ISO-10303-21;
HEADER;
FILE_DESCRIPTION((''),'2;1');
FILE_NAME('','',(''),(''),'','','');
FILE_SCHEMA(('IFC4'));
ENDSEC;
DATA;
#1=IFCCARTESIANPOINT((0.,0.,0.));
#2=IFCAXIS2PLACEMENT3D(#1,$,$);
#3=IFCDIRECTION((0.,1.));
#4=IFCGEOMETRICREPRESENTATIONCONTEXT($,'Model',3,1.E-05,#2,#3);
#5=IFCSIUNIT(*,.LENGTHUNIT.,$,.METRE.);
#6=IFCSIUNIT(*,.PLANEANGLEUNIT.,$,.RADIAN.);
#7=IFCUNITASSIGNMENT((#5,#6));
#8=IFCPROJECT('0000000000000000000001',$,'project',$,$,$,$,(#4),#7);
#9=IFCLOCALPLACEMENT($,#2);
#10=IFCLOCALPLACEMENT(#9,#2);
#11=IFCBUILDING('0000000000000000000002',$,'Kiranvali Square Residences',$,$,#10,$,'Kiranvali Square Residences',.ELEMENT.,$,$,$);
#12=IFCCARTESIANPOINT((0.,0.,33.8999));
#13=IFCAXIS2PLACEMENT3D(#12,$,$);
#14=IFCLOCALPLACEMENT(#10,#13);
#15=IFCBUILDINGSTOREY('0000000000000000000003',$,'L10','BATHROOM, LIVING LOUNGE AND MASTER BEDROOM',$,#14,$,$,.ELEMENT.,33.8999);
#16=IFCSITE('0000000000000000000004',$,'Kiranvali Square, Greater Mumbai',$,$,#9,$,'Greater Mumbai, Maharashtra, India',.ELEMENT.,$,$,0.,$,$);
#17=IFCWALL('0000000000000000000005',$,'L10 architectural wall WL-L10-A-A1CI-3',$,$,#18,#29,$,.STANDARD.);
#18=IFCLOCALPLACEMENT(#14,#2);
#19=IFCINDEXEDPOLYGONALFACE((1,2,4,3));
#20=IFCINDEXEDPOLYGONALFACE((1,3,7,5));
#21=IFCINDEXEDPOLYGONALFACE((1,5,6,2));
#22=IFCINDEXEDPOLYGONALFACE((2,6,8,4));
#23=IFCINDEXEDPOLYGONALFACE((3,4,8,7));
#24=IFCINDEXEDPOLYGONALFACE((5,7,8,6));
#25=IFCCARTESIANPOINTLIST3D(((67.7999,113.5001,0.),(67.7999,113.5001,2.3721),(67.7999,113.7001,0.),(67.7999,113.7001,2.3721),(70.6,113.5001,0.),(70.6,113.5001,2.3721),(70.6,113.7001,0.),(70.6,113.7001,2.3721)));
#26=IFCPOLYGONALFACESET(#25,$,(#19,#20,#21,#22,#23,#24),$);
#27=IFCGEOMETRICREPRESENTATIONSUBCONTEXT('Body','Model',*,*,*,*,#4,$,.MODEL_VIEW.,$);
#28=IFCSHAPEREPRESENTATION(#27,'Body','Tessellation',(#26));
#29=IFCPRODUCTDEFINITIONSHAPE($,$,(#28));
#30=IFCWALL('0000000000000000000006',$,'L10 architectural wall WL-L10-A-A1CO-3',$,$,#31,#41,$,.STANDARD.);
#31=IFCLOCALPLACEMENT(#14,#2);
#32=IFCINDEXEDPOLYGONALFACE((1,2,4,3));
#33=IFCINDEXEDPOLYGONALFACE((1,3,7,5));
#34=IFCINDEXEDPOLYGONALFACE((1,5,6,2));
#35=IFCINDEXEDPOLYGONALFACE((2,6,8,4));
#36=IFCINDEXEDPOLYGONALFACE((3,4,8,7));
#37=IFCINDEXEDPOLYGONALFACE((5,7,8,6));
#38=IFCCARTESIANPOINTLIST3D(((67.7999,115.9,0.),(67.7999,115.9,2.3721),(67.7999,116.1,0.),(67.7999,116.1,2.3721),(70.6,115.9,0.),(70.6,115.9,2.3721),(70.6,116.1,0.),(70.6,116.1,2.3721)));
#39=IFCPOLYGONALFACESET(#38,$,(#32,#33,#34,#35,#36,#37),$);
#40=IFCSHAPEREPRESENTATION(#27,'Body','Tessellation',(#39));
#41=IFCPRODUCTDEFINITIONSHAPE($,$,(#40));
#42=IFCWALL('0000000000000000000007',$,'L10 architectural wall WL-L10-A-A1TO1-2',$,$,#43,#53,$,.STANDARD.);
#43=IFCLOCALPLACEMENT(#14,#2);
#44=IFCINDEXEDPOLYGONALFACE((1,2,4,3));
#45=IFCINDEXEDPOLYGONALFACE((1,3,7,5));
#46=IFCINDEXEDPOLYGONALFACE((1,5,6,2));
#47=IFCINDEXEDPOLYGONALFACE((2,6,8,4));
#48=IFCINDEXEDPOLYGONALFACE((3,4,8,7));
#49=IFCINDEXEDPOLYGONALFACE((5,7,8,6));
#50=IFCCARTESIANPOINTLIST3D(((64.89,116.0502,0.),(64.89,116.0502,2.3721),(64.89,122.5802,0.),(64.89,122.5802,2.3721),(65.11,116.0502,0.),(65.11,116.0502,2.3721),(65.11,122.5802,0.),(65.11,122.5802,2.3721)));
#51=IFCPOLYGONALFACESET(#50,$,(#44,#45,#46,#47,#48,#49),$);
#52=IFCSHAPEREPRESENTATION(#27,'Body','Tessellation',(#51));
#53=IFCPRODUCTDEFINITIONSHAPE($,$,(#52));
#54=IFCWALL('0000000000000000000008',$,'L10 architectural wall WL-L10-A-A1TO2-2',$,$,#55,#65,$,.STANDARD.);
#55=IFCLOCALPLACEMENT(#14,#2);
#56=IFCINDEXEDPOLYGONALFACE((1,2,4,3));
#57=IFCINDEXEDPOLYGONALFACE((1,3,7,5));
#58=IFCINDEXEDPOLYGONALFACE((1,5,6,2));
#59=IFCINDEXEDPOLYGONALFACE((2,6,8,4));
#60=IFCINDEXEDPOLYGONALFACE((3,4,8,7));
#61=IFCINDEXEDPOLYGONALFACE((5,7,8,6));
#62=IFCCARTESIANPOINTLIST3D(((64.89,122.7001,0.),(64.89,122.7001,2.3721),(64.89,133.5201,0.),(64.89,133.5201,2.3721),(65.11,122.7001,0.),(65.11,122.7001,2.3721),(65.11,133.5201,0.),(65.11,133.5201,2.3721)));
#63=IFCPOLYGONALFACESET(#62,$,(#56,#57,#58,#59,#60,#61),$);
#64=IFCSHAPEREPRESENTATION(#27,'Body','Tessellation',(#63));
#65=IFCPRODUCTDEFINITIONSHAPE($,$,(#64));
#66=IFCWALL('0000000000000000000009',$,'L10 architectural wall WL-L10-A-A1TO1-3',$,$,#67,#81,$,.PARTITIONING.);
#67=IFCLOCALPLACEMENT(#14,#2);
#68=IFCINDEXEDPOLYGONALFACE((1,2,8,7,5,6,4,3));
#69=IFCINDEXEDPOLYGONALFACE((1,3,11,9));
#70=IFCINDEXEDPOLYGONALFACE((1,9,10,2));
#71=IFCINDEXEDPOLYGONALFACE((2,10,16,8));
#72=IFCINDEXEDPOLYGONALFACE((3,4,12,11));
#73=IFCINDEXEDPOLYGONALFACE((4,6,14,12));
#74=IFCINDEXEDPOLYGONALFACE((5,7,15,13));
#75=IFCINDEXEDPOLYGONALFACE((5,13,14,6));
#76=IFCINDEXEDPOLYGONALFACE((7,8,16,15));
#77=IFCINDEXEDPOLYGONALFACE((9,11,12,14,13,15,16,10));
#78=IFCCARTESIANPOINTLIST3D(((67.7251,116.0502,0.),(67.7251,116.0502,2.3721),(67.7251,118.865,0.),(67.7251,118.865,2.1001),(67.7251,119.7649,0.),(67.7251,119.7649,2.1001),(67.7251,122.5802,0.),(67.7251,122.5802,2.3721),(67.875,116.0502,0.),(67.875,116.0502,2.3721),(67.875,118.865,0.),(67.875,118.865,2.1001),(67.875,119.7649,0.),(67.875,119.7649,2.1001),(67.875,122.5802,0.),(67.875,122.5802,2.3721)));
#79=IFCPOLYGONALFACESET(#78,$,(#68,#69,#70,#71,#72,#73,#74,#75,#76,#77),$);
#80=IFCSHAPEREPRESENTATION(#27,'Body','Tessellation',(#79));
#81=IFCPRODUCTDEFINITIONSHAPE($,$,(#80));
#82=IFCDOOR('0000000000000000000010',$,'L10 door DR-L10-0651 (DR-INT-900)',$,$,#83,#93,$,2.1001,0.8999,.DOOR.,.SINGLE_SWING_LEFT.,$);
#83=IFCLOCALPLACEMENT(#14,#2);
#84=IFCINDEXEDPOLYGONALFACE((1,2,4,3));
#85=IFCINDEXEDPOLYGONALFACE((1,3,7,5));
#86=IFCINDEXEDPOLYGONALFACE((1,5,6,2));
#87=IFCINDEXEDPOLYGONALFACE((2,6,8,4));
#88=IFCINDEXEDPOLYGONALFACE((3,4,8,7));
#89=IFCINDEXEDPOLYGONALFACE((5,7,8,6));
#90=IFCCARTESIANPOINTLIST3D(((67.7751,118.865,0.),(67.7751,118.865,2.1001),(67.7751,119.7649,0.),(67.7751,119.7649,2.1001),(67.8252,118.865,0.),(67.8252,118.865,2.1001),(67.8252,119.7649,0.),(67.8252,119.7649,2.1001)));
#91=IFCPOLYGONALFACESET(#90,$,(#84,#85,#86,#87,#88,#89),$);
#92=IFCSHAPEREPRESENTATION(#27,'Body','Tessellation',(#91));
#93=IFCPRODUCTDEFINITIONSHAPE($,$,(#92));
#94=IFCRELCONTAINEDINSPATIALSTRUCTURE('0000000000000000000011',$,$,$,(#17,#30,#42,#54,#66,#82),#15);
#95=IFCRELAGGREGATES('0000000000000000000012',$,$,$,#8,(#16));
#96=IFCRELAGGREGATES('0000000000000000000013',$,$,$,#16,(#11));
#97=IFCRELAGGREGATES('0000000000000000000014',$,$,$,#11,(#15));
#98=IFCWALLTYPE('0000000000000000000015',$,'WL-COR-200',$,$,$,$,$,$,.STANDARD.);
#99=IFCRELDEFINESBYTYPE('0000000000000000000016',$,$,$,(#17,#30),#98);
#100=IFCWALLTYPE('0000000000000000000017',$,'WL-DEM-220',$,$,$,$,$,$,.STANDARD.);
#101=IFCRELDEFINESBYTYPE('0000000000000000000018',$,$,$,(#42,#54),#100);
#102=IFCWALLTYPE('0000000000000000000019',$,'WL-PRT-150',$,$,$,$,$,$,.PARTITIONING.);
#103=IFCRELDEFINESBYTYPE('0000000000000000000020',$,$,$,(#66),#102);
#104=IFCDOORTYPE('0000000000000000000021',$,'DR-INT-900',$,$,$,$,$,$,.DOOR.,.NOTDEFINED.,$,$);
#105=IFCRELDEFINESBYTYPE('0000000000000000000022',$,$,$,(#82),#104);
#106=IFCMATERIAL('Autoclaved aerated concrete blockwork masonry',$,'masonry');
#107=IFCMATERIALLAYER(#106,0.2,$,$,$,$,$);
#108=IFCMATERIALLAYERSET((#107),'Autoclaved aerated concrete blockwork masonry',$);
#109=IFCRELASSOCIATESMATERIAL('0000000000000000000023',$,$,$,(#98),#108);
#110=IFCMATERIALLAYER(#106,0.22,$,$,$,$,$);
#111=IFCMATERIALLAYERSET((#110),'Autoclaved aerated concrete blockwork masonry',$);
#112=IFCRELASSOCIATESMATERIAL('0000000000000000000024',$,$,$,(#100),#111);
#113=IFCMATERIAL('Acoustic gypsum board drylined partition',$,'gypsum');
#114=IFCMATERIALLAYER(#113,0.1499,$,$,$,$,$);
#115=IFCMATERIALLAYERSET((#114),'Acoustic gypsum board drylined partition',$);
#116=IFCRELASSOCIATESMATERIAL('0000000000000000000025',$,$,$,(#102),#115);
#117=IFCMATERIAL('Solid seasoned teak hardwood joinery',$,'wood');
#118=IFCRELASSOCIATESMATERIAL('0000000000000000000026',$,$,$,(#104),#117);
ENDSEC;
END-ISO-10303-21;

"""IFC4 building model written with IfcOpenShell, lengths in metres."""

from ifc_helpers import new_model, si_unit, direction, frame, frame_2d, origin, place, context, subcontext, project, spatial, rectangle, extrude, material, layer, layer_set, type_object, element, fill, save


model = new_model("IFC4")

# Units and contexts
model_context = context("Model", 3, precision=1e-05, world=origin(), true_north=direction((0.0, 1.0)))
body_context = subcontext(model_context, "Body", "Model", "MODEL_VIEW")
ifc_project = project(units=[si_unit("LENGTHUNIT", "METRE"), si_unit("PLANEANGLEUNIT", "RADIAN")], contexts=[model_context])

# Site, building, storey
site_placement = place(None, origin())
site = spatial("IfcSite", under=ifc_project, at=site_placement, Name="Kiranvali Square, Greater Mumbai", LongName="Greater Mumbai, Maharashtra, India", CompositionType="ELEMENT", RefElevation=0.0)
building_placement = place(site_placement, origin())
building = spatial("IfcBuilding", under=site, at=building_placement, Name="Kiranvali Square Residences", LongName="Kiranvali Square Residences", CompositionType="ELEMENT")
storey_placement = place(building_placement, frame((0.0, 0.0, 33.8999)))
storey = spatial("IfcBuildingStorey", under=building, at=storey_placement, Name="L10", Description="BATHROOM, LIVING LOUNGE AND MASTER BEDROOM", CompositionType="ELEMENT", Elevation=33.8999)

# Shared definitions
ifc_material_1 = material(Name="Autoclaved aerated concrete blockwork masonry", Category="masonry")
ifc_layer_1 = layer(ifc_material_1, 0.2)
ifc_layer_set_1 = layer_set([ifc_layer_1], Name="Autoclaved aerated concrete blockwork masonry")
wall_type_1 = type_object("IfcWallType", Name="WL-COR-200", PredefinedType="STANDARD", material=ifc_layer_set_1)

# Walls
for number, where, z_axis, x_axis, name in (
    (1, (67.8, 113.6001, 0.0), (0.0, 0.0, 1.0), (1.0, 0.0, 0.0), "L10 architectural wall WL-L10-A-A1CI-3"),
    (2, (67.8, 116.0, 0.0), (0.0, 0.0, 1.0), (1.0, 0.0, 0.0), "L10 architectural wall WL-L10-A-A1CO-3"),
):
    element("IfcWall", number, at=place(storey_placement, frame(where, z_axis=z_axis, x_axis=x_axis)), inside=storey, type_object=wall_type_1, Name=name, PredefinedType="STANDARD", context=body_context, shape_type="SweptSolid", body=[
        extrude(rectangle(XDim=2.8, YDim=0.2, at=frame_2d((1.3999, 0.0))), origin(), (0.0, 0.0, 1.0), 2.3721),
    ])
ifc_layer_2 = layer(ifc_material_1, 0.22)
ifc_layer_set_2 = layer_set([ifc_layer_2], Name="Autoclaved aerated concrete blockwork masonry")
wall_type_2 = type_object("IfcWallType", Name="WL-DEM-220", PredefinedType="STANDARD", material=ifc_layer_set_2)
wall_1_placement = place(storey_placement, frame((65.0, 116.05, 0.0), z_axis=(0.0, 0.0, 1.0), x_axis=(0.0, 1.0, 0.0)))
element("IfcWall", 3, at=wall_1_placement, inside=storey, type_object=wall_type_2, Name="L10 architectural wall WL-L10-A-A1TO1-2", PredefinedType="STANDARD", context=body_context, shape_type="SweptSolid", body=[
    extrude(rectangle(XDim=6.53, YDim=0.22, at=frame_2d((3.2651, 0.0))), origin(), (0.0, 0.0, 1.0), 2.3721),
])
wall_2_placement = place(storey_placement, frame((65.0, 122.7, 0.0), z_axis=(0.0, 0.0, 1.0), x_axis=(0.0, 1.0, 0.0)))
element("IfcWall", 4, at=wall_2_placement, inside=storey, type_object=wall_type_2, Name="L10 architectural wall WL-L10-A-A1TO2-2", PredefinedType="STANDARD", context=body_context, shape_type="SweptSolid", body=[
    extrude(rectangle(XDim=10.8201, YDim=0.22, at=frame_2d((5.4102, 0.0))), origin(), (0.0, 0.0, 1.0), 2.3721),
])

# Wall, opening, door
ifc_material_2 = material(Name="Acoustic gypsum board drylined partition", Category="gypsum")
ifc_layer_3 = layer(ifc_material_2, 0.1499)
ifc_layer_set_3 = layer_set([ifc_layer_3], Name="Acoustic gypsum board drylined partition")
wall_type_3 = type_object("IfcWallType", Name="WL-PRT-150", PredefinedType="PARTITIONING", material=ifc_layer_set_3)
wall_3_placement = place(storey_placement, frame((67.8, 116.05, 0.0), z_axis=(0.0, 0.0, 1.0), x_axis=(0.0, 1.0, 0.0)))
wall_3 = element("IfcWall", 5, at=wall_3_placement, inside=storey, type_object=wall_type_3, Name="L10 architectural wall WL-L10-A-A1TO1-3", PredefinedType="PARTITIONING", context=body_context, shape_type="SweptSolid", body=[
    extrude(rectangle(XDim=6.53, YDim=0.1499, at=frame_2d((3.2651, 0.0))), origin(), (0.0, 0.0, 1.0), 2.3721),
])
opening_1_placement = place(wall_3_placement, frame((2.8149, 0.0, 0.0)))
opening_1 = element("IfcOpeningElement", 6, at=opening_1_placement, cuts=wall_3, PredefinedType="OPENING", context=body_context, shape_type="SweptSolid", body=[
    extrude(rectangle(XDim=0.8999, YDim=2.1001, at=frame_2d((0.45, 1.05))), frame((0.0, 0.085, 0.0), z_axis=(0.0, -1.0, 0.0), x_axis=(1.0, 0.0, 0.0)), (0.0, 0.0, 1.0), 0.1699),
])
ifc_material_3 = material(Name="Solid seasoned teak hardwood joinery", Category="wood")
door_type_1 = type_object("IfcDoorType", Name="DR-INT-900", OperationType="NOTDEFINED", PredefinedType="DOOR", material=ifc_material_3)
door_1_placement = place(opening_1_placement, origin())
door_1 = element("IfcDoor", 7, at=door_1_placement, inside=storey, type_object=door_type_1, Name="L10 door DR-L10-0651 (DR-INT-900)", OperationType="SINGLE_SWING_LEFT", OverallHeight=2.1001, OverallWidth=0.8999, PredefinedType="DOOR", context=body_context, shape_type="SweptSolid", body=[
    extrude(rectangle(XDim=0.8999, YDim=2.1001, at=frame_2d((0.45, 1.05))), frame((0.0, 0.0249, 0.0), z_axis=(0.0, -1.0, 0.0), x_axis=(1.0, 0.0, 0.0)), (0.0, 0.0, 1.0), 0.05),
])
fill(opening_1, door_1)

save(model, "model.ifc")
